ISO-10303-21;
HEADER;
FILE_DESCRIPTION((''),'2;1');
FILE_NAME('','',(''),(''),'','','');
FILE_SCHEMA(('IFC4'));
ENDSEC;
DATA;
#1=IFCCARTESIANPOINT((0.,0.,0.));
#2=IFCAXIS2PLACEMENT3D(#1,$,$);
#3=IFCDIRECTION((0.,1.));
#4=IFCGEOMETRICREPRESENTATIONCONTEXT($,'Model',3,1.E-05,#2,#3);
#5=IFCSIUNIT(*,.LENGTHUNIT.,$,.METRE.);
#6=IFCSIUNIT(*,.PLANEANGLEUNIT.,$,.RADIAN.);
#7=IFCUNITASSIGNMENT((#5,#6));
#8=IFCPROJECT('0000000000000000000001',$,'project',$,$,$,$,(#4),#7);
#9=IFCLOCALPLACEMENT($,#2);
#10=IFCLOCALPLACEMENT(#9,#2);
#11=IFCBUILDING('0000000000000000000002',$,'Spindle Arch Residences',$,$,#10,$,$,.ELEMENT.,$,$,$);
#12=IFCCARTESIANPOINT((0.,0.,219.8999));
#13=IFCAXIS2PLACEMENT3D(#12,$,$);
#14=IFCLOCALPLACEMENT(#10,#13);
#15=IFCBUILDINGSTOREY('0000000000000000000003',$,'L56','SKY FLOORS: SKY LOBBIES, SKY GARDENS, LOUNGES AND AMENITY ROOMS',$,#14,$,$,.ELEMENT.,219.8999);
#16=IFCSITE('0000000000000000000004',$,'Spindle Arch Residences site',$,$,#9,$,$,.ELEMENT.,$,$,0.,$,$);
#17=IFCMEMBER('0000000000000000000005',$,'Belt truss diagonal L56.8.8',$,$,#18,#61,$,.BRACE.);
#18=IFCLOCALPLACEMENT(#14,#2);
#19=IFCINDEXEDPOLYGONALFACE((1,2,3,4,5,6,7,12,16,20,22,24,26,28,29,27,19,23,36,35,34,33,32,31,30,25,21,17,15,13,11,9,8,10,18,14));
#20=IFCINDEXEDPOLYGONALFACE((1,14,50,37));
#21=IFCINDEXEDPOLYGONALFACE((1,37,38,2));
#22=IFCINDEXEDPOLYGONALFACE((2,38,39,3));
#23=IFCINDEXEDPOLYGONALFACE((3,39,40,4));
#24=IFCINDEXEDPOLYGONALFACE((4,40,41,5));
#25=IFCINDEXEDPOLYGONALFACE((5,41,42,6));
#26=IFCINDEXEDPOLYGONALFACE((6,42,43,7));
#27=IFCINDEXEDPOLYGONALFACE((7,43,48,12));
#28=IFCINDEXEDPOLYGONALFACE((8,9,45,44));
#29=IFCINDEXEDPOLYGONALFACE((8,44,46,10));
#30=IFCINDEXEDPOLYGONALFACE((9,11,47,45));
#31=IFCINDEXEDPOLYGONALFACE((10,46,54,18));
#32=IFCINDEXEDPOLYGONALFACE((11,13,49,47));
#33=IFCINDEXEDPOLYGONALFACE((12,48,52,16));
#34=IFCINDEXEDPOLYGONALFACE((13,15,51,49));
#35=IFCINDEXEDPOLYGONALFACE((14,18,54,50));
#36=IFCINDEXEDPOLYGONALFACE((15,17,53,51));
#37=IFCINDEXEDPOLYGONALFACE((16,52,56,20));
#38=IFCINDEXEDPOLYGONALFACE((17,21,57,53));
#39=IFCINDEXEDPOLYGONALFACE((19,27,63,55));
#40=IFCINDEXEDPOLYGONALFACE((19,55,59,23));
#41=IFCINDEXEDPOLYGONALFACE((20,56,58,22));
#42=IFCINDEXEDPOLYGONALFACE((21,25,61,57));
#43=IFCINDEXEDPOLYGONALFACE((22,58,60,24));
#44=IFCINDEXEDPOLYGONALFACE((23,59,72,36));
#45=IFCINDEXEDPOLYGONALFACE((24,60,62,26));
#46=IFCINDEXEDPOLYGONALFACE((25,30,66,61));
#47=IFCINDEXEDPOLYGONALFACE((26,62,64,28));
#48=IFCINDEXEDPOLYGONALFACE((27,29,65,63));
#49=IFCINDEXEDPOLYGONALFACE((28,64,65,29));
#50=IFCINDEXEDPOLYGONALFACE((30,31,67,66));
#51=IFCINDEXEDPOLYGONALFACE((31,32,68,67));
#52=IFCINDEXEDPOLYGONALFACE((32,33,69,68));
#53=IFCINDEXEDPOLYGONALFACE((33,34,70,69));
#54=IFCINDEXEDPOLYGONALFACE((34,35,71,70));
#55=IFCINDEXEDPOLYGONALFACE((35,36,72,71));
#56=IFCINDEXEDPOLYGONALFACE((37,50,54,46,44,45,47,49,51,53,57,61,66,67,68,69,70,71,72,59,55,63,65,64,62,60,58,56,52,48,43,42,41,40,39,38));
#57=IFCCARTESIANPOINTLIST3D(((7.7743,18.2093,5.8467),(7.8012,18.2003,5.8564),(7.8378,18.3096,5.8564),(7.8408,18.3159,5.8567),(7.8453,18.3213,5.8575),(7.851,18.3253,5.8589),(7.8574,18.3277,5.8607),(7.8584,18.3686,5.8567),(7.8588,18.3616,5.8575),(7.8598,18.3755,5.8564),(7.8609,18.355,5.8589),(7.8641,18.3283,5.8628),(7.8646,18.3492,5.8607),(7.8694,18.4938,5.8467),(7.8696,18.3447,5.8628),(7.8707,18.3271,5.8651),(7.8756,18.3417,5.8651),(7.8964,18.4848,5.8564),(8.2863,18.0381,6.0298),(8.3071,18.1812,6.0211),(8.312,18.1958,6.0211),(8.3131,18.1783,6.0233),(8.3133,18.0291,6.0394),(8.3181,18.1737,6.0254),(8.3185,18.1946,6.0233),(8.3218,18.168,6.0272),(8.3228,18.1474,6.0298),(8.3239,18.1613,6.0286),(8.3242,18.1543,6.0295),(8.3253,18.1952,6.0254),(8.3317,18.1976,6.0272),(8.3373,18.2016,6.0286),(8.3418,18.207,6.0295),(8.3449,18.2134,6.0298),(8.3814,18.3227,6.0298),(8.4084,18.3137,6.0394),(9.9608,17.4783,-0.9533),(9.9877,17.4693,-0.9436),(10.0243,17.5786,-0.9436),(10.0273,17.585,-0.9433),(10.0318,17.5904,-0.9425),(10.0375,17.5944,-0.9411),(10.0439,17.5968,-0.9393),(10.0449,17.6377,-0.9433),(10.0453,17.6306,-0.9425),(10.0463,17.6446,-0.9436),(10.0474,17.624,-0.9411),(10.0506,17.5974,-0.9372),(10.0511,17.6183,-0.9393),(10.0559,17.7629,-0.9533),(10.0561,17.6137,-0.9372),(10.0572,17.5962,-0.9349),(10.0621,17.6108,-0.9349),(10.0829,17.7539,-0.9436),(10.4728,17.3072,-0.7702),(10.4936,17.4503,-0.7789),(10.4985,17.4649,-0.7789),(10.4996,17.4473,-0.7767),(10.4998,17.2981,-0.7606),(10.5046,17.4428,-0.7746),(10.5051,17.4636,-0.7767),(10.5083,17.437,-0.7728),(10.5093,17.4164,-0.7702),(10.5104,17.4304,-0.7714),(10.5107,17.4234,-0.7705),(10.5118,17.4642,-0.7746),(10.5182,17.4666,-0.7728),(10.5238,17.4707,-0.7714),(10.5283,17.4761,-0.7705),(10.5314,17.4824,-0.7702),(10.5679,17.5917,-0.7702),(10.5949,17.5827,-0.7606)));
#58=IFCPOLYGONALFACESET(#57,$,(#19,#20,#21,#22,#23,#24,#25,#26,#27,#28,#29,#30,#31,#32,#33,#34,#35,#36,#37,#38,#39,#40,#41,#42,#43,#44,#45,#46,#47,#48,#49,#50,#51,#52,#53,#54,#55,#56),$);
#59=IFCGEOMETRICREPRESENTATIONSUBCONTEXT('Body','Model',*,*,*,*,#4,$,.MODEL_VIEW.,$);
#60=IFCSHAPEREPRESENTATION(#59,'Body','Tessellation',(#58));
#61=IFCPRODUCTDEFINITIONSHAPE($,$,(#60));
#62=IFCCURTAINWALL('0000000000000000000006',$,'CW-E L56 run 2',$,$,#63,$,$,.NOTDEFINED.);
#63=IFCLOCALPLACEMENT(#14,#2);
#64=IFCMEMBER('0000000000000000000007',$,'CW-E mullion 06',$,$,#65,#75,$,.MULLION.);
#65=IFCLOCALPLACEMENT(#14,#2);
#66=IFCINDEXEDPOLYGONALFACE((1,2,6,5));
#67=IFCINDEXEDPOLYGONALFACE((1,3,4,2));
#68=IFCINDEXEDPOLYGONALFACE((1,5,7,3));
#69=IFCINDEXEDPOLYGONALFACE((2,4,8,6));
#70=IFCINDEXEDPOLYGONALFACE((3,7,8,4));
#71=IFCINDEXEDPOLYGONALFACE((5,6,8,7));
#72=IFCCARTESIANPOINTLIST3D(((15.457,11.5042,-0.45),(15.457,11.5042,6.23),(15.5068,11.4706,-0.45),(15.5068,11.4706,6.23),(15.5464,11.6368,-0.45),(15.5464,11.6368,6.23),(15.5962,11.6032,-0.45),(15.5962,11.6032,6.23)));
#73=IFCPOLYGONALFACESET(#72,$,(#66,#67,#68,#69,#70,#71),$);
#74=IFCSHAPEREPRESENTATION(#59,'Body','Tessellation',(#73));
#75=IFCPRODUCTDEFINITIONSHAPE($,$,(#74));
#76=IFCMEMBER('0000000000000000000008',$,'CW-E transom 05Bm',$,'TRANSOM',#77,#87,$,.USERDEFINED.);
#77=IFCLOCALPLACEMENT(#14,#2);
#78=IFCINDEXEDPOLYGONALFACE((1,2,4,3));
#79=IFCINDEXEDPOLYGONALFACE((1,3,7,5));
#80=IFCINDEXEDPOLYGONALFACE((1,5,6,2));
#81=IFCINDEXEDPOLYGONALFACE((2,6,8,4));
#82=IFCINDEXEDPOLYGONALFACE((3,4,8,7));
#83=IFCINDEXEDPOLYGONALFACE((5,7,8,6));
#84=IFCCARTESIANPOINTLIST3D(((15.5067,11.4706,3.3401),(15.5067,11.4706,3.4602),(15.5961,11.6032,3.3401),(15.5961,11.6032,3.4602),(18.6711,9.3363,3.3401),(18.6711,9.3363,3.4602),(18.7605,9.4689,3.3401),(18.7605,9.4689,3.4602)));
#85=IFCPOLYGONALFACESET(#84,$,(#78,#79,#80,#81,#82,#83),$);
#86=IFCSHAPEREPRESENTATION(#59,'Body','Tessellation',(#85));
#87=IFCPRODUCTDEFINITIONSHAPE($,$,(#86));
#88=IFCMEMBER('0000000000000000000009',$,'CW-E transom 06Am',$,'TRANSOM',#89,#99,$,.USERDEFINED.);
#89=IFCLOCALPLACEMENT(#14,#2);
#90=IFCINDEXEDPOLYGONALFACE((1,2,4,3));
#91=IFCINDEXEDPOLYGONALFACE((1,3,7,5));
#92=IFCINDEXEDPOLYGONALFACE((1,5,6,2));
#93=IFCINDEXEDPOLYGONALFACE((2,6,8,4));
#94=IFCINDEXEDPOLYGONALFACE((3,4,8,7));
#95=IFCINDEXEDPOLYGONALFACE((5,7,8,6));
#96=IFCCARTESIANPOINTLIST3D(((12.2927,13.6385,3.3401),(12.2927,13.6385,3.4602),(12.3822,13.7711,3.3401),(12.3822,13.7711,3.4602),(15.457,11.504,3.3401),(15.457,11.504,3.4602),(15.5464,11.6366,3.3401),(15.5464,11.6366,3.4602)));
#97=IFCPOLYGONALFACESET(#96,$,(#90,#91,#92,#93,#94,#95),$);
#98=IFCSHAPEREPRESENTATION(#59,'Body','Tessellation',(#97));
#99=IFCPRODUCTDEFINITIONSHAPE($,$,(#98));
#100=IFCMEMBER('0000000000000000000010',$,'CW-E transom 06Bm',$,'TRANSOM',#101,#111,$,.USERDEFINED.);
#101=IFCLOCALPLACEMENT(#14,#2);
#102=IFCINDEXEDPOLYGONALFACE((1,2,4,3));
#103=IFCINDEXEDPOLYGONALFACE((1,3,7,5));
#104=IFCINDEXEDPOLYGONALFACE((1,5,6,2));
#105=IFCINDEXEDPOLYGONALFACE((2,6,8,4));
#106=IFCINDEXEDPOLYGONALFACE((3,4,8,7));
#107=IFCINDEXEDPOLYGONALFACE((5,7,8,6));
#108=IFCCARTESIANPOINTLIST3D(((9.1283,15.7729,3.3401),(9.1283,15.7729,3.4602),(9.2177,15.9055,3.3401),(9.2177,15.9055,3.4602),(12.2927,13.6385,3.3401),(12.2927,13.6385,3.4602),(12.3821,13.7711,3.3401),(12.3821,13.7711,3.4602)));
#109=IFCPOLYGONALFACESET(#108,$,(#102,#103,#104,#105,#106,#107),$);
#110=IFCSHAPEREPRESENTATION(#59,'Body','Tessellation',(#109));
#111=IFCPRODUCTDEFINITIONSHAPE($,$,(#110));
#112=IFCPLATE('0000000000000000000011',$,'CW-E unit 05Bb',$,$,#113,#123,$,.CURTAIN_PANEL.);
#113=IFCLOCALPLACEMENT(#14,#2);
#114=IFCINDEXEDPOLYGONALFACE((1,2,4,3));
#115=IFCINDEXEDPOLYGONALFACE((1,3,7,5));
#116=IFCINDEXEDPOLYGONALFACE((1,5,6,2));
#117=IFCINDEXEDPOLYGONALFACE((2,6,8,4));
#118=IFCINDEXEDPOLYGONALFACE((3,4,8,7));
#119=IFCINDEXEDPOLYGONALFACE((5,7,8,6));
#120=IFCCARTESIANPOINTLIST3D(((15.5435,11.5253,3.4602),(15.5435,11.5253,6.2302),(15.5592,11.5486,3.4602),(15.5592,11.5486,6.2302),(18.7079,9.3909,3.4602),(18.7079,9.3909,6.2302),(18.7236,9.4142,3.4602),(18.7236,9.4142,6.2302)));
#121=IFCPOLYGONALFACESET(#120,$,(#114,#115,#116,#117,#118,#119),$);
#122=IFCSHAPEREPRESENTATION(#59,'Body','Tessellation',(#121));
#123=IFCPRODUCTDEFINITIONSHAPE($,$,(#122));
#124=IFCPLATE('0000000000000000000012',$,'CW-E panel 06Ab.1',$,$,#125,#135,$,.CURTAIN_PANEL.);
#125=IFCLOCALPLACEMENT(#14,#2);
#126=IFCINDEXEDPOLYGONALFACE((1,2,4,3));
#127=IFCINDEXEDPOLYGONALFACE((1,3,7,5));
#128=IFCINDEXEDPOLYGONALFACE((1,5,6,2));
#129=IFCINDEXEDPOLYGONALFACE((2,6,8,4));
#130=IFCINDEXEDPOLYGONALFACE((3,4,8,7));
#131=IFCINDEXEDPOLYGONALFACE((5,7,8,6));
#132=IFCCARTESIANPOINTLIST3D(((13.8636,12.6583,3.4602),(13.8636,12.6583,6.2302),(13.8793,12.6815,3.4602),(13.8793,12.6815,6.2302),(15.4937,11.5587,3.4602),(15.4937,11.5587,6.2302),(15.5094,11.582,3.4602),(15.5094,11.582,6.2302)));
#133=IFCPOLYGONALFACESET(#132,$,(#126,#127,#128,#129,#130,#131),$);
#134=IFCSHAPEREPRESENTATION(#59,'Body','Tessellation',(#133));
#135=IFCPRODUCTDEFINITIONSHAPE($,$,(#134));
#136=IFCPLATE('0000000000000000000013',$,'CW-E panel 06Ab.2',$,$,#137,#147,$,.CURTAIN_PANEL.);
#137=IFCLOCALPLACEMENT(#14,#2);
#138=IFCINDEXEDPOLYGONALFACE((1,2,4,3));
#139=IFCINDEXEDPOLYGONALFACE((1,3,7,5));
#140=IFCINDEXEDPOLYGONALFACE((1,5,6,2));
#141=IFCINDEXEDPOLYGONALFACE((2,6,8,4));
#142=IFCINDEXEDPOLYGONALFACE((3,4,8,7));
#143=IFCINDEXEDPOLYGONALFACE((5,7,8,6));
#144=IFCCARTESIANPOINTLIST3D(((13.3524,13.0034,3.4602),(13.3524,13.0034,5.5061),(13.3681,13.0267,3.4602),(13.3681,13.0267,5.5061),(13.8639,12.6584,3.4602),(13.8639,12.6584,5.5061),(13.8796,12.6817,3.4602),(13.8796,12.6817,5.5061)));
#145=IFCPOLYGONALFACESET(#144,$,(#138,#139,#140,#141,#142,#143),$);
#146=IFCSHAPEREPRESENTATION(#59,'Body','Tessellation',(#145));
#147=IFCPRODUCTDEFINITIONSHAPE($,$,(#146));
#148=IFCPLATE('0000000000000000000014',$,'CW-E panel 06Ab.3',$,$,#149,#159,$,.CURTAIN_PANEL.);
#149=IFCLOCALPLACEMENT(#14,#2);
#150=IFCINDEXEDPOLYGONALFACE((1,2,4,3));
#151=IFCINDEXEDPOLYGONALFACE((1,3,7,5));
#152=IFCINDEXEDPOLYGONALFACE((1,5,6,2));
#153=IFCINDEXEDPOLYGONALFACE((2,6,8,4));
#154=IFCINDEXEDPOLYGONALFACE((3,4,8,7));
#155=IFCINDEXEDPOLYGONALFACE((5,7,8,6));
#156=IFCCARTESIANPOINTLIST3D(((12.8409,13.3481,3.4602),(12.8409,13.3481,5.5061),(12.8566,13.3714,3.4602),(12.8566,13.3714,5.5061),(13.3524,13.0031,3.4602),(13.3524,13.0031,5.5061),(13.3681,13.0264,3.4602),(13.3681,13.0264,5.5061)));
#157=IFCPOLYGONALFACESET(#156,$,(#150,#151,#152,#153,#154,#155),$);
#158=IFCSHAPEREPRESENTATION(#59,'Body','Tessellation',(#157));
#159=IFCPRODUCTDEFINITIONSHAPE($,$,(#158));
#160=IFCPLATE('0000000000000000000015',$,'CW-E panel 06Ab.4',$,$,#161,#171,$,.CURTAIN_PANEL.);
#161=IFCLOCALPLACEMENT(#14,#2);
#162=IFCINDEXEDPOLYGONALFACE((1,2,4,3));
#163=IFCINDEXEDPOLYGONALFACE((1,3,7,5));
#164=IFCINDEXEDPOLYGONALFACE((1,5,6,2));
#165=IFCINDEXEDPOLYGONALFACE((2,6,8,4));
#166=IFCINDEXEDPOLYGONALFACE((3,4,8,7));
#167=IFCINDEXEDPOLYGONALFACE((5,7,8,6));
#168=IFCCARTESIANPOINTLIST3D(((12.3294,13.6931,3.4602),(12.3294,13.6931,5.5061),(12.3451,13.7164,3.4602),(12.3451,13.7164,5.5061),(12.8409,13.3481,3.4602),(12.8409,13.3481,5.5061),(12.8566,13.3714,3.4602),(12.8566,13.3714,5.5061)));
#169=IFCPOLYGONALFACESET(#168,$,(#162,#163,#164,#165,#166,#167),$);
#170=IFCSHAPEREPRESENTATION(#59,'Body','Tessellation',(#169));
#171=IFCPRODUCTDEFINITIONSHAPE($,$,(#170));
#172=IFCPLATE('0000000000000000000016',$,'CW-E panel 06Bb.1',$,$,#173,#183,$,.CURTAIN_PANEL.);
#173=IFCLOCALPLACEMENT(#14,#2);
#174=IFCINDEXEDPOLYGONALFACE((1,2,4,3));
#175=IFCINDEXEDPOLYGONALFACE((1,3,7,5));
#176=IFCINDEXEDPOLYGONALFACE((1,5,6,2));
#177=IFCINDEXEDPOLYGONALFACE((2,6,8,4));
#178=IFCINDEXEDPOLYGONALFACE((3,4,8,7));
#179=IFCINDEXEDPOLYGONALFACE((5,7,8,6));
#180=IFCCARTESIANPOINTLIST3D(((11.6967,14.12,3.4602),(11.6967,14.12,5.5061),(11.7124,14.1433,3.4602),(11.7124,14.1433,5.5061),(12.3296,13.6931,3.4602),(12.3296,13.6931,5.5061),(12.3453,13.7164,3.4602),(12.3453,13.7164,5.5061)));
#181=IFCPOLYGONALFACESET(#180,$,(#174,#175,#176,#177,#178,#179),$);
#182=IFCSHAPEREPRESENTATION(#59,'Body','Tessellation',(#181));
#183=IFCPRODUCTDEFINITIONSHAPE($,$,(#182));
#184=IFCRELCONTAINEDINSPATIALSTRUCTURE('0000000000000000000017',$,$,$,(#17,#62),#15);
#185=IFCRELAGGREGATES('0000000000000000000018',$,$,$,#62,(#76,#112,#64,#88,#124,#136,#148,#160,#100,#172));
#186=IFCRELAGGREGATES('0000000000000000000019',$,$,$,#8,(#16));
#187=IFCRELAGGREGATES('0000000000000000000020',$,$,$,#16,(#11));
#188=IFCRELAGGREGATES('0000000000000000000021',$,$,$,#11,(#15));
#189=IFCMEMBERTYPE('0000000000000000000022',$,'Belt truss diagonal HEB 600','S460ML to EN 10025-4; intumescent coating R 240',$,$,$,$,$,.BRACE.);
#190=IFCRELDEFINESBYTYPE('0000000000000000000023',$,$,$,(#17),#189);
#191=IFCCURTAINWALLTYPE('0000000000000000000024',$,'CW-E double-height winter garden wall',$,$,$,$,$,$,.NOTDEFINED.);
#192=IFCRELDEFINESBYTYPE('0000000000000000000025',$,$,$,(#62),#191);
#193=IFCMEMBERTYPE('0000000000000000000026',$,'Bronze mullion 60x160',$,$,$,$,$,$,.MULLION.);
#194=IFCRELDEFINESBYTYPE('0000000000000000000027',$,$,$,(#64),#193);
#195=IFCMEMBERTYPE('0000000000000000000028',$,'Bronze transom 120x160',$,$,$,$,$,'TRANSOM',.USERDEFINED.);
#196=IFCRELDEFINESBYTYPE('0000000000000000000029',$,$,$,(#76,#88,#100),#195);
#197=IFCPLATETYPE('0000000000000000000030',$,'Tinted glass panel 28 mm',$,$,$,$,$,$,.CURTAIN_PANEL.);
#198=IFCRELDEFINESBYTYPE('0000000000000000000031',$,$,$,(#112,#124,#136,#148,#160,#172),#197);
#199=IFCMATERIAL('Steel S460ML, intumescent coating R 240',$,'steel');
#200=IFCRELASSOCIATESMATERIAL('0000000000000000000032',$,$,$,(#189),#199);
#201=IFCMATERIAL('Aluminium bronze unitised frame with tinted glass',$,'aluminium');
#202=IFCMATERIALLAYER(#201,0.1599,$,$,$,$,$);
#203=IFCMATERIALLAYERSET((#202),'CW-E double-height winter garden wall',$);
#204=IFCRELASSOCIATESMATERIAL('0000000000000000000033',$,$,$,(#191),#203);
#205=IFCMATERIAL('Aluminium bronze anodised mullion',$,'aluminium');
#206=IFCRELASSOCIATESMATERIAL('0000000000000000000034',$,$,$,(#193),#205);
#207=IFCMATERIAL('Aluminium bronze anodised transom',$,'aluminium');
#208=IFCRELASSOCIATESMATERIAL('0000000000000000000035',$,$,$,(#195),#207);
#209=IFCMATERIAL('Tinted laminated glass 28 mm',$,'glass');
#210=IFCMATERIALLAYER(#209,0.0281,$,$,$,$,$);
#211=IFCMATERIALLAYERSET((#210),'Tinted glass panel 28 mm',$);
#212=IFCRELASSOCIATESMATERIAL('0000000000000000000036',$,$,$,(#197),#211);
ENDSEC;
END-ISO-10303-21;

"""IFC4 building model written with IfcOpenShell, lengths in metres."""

from ifc_helpers import new_model, si_unit, direction, frame, origin, origin_2d, place, context, subcontext, project, spatial, rectangle, i_section, extrude, material, layer, layer_set, material_profile, profile_set, type_object, element, aggregate, save


model = new_model("IFC4")

# Units and contexts
model_context = context("Model", 3, precision=1e-05, world=origin(), true_north=direction((0.0, 1.0)))
body_context = subcontext(model_context, "Body", "Model", "MODEL_VIEW")
ifc_project = project(units=[si_unit("LENGTHUNIT", "METRE"), si_unit("PLANEANGLEUNIT", "RADIAN")], contexts=[model_context])

# Site, building, storey
site_placement = place(None, origin())
site = spatial("IfcSite", under=ifc_project, at=site_placement, Name="Spindle Arch Residences site", CompositionType="ELEMENT", RefElevation=0.0)
building_placement = place(site_placement, origin())
building = spatial("IfcBuilding", under=site, at=building_placement, Name="Spindle Arch Residences", CompositionType="ELEMENT")
storey_placement = place(building_placement, frame((0.0, 0.0, 219.8999)))
storey = spatial("IfcBuildingStorey", under=building, at=storey_placement, Name="L56", Description="SKY FLOORS: SKY LOBBIES, SKY GARDENS, LOUNGES AND AMENITY ROOMS", CompositionType="ELEMENT", Elevation=219.8999)

# Member
ifc_material_1 = material(Name="Steel S460ML, intumescent coating R 240", Category="steel")
ifc_material_profile_1 = material_profile(ifc_material_1, i_section(OverallWidth=0.3, OverallDepth=0.6001, WebThickness=0.0154, FlangeThickness=0.03, FilletRadius=0.0271, at=origin_2d()), Name="HEB 600")
ifc_profile_set_1 = profile_set([ifc_material_profile_1], Name="Steel S460ML, intumescent coating R 240")
member_type_1 = type_object("IfcMemberType", Name="Belt truss diagonal HEB 600", Description="S460ML to EN 10025-4; intumescent coating R 240", PredefinedType="BRACE", material=ifc_profile_set_1)
member_1_placement = place(storey_placement, frame((10.2778, 17.5305, -0.8569), z_axis=(-0.30452, 0.101801, 0.94705), x_axis=(-0.317054, -0.948408, 0.0)))
element("IfcMember", 1, at=member_1_placement, inside=storey, type_object=member_type_1, Name="Belt truss diagonal L56.8.8", PredefinedType="BRACE", context=body_context, shape_type="SweptSolid", body=[
    extrude(i_section(OverallWidth=0.3, OverallDepth=0.6001, WebThickness=0.0154, FlangeThickness=0.03, FilletRadius=0.0271, at=origin_2d()), origin(), (0.0, 0.0, 1.0), 7.1802),
])

# Curtain wall, members, plates
ifc_material_2 = material(Name="Aluminium bronze unitised frame with tinted glass", Category="aluminium")
ifc_layer_1 = layer(ifc_material_2, 0.1599)
ifc_layer_set_1 = layer_set([ifc_layer_1], Name="CW-E double-height winter garden wall")
curtain_wall_type = type_object("IfcCurtainWallType", Name="CW-E double-height winter garden wall", PredefinedType="NOTDEFINED", material=ifc_layer_set_1)
curtain_wall_placement = place(storey_placement, origin())
curtain_wall = element("IfcCurtainWall", 2, at=curtain_wall_placement, inside=storey, type_object=curtain_wall_type, Name="CW-E L56 run 2", PredefinedType="NOTDEFINED")
ifc_material_3 = material(Name="Aluminium bronze anodised mullion", Category="aluminium")
ifc_material_profile_2 = material_profile(ifc_material_3, rectangle(XDim=0.1599, YDim=0.0601, at=origin_2d()), Name="MU 60x160")
ifc_profile_set_2 = profile_set([ifc_material_profile_2], Name="Aluminium bronze anodised mullion")
member_type_2 = type_object("IfcMemberType", Name="Bronze mullion 60x160", PredefinedType="MULLION", material=ifc_profile_set_2)
member_2_placement = place(storey_placement, frame((15.5266, 11.5537, -0.45), z_axis=(0.0, 0.0, 1.0), x_axis=(-0.559193, -0.829038, 0.0)))
member_2 = element("IfcMember", 3, at=member_2_placement, type_object=member_type_2, Name="CW-E mullion 06", PredefinedType="MULLION", context=body_context, shape_type="SweptSolid", body=[
    extrude(rectangle(XDim=0.1599, YDim=0.0601, at=origin_2d()), origin(), (0.0, 0.0, 1.0), 6.6799),
])
ifc_material_4 = material(Name="Aluminium bronze anodised transom", Category="aluminium")
ifc_material_profile_3 = material_profile(ifc_material_4, rectangle(XDim=0.1599, YDim=0.1201, at=origin_2d()), Name="TR 120x160")
ifc_profile_set_3 = profile_set([ifc_material_profile_3], Name="Aluminium bronze anodised transom")
member_type_3 = type_object("IfcMemberType", Name="Bronze transom 120x160", ElementType="TRANSOM", PredefinedType="USERDEFINED", material=ifc_profile_set_3)
member_3_placement = place(storey_placement, frame((18.7158, 9.4026, 3.4001), z_axis=(-0.829047, 0.559179, 0.0), x_axis=(-0.559179, -0.829047, 0.0)))
member_3 = element("IfcMember", 4, at=member_3_placement, type_object=member_type_3, Name="CW-E transom 05Bm", ObjectType="TRANSOM", PredefinedType="USERDEFINED", context=body_context, shape_type="SweptSolid", body=[
    extrude(rectangle(XDim=0.1599, YDim=0.1201, at=origin_2d()), origin(), (0.0, 0.0, 1.0), 3.8169),
])
member_4_placement = place(storey_placement, frame((15.5017, 11.5703, 3.4001), z_axis=(-0.829017, 0.559223, 0.0), x_axis=(-0.559223, -0.829017, 0.0)))
member_4 = element("IfcMember", 5, at=member_4_placement, type_object=member_type_3, Name="CW-E transom 06Am", ObjectType="TRANSOM", PredefinedType="USERDEFINED", context=body_context, shape_type="SweptSolid", body=[
    extrude(rectangle(XDim=0.1599, YDim=0.1201, at=origin_2d()), origin(), (0.0, 0.0, 1.0), 3.8169),
])
member_5_placement = place(storey_placement, frame((12.3374, 13.7048, 3.4001), z_axis=(-0.829047, 0.559179, 0.0), x_axis=(-0.559179, -0.829047, 0.0)))
member_5 = element("IfcMember", 6, at=member_5_placement, type_object=member_type_3, Name="CW-E transom 06Bm", ObjectType="TRANSOM", PredefinedType="USERDEFINED", context=body_context, shape_type="SweptSolid", body=[
    extrude(rectangle(XDim=0.1599, YDim=0.1201, at=origin_2d()), origin(), (0.0, 0.0, 1.0), 3.8169),
])
ifc_material_5 = material(Name="Tinted laminated glass 28 mm", Category="glass")
ifc_layer_2 = layer(ifc_material_5, 0.0281)
ifc_layer_set_2 = layer_set([ifc_layer_2], Name="Tinted glass panel 28 mm")
plate_type_1 = type_object("IfcPlateType", Name="Tinted glass panel 28 mm", PredefinedType="CURTAIN_PANEL", material=ifc_layer_set_2)
plate_1_placement = place(storey_placement, frame((17.1335, 10.4697, 3.4602), z_axis=(0.0, 0.0, 1.0), x_axis=(-0.829038, 0.559193, 0.0)))
plate_1 = element("IfcPlate", 7, at=plate_1_placement, type_object=plate_type_1, Name="CW-E unit 05Bb", PredefinedType="CURTAIN_PANEL", context=body_context, shape_type="SweptSolid", body=[
    extrude(rectangle(XDim=3.8169, YDim=0.0281, at=origin_2d()), origin(), (0.0, 0.0, 1.0), 2.77),
])
plate_2_placement = place(storey_placement, frame((14.6865, 12.1201, 3.4602), z_axis=(0.0, 0.0, 1.0), x_axis=(-0.829038, 0.559193, 0.0)))
plate_2 = element("IfcPlate", 8, at=plate_2_placement, type_object=plate_type_1, Name="CW-E panel 06Ab.1", PredefinedType="CURTAIN_PANEL", context=body_context, shape_type="SweptSolid", body=[
    extrude(rectangle(XDim=1.9663, YDim=0.0281, at=origin_2d()), origin(), (0.0, 0.0, 1.0), 2.77),
])
plate_3_placement = place(storey_placement, frame((13.616, 12.8425, 3.4602), z_axis=(0.0, 0.0, 1.0), x_axis=(-0.829038, 0.559193, 0.0)))
plate_3 = element("IfcPlate", 9, at=plate_3_placement, type_object=plate_type_1, Name="CW-E panel 06Ab.2", PredefinedType="CURTAIN_PANEL", context=body_context, shape_type="SweptSolid", body=[
    extrude(rectangle(XDim=0.6169, YDim=0.0281, at=origin_2d()), origin(), (0.0, 0.0, 1.0), 2.0459),
])
plate_4_placement = place(storey_placement, frame((13.1045, 13.1873, 3.4602), z_axis=(0.0, 0.0, 1.0), x_axis=(-0.829038, 0.559193, 0.0)))
plate_4 = element("IfcPlate", 10, at=plate_4_placement, type_object=plate_type_1, Name="CW-E panel 06Ab.3", PredefinedType="CURTAIN_PANEL", context=body_context, shape_type="SweptSolid", body=[
    extrude(rectangle(XDim=0.6169, YDim=0.0281, at=origin_2d()), origin(), (0.0, 0.0, 1.0), 2.0459),
])
plate_5_placement = place(storey_placement, frame((12.593, 13.5322, 3.4602), z_axis=(0.0, 0.0, 1.0), x_axis=(-0.829038, 0.559193, 0.0)))
plate_5 = element("IfcPlate", 11, at=plate_5_placement, type_object=plate_type_1, Name="CW-E panel 06Ab.4", PredefinedType="CURTAIN_PANEL", context=body_context, shape_type="SweptSolid", body=[
    extrude(rectangle(XDim=0.6169, YDim=0.0281, at=origin_2d()), origin(), (0.0, 0.0, 1.0), 2.0459),
])
plate_6_placement = place(storey_placement, frame((12.021, 13.9182, 3.4602), z_axis=(0.0, 0.0, 1.0), x_axis=(-0.829038, 0.559193, 0.0)))
plate_6 = element("IfcPlate", 12, at=plate_6_placement, type_object=plate_type_1, Name="CW-E panel 06Bb.1", PredefinedType="CURTAIN_PANEL", context=body_context, shape_type="SweptSolid", body=[
    extrude(rectangle(XDim=0.7634, YDim=0.0281, at=origin_2d()), origin(), (0.0, 0.0, 1.0), 2.0459),
])
aggregate(curtain_wall, [member_3, plate_1, member_2, member_4, plate_2, plate_3, plate_4, plate_5, member_5, plate_6])

save(model, "model.ifc")
